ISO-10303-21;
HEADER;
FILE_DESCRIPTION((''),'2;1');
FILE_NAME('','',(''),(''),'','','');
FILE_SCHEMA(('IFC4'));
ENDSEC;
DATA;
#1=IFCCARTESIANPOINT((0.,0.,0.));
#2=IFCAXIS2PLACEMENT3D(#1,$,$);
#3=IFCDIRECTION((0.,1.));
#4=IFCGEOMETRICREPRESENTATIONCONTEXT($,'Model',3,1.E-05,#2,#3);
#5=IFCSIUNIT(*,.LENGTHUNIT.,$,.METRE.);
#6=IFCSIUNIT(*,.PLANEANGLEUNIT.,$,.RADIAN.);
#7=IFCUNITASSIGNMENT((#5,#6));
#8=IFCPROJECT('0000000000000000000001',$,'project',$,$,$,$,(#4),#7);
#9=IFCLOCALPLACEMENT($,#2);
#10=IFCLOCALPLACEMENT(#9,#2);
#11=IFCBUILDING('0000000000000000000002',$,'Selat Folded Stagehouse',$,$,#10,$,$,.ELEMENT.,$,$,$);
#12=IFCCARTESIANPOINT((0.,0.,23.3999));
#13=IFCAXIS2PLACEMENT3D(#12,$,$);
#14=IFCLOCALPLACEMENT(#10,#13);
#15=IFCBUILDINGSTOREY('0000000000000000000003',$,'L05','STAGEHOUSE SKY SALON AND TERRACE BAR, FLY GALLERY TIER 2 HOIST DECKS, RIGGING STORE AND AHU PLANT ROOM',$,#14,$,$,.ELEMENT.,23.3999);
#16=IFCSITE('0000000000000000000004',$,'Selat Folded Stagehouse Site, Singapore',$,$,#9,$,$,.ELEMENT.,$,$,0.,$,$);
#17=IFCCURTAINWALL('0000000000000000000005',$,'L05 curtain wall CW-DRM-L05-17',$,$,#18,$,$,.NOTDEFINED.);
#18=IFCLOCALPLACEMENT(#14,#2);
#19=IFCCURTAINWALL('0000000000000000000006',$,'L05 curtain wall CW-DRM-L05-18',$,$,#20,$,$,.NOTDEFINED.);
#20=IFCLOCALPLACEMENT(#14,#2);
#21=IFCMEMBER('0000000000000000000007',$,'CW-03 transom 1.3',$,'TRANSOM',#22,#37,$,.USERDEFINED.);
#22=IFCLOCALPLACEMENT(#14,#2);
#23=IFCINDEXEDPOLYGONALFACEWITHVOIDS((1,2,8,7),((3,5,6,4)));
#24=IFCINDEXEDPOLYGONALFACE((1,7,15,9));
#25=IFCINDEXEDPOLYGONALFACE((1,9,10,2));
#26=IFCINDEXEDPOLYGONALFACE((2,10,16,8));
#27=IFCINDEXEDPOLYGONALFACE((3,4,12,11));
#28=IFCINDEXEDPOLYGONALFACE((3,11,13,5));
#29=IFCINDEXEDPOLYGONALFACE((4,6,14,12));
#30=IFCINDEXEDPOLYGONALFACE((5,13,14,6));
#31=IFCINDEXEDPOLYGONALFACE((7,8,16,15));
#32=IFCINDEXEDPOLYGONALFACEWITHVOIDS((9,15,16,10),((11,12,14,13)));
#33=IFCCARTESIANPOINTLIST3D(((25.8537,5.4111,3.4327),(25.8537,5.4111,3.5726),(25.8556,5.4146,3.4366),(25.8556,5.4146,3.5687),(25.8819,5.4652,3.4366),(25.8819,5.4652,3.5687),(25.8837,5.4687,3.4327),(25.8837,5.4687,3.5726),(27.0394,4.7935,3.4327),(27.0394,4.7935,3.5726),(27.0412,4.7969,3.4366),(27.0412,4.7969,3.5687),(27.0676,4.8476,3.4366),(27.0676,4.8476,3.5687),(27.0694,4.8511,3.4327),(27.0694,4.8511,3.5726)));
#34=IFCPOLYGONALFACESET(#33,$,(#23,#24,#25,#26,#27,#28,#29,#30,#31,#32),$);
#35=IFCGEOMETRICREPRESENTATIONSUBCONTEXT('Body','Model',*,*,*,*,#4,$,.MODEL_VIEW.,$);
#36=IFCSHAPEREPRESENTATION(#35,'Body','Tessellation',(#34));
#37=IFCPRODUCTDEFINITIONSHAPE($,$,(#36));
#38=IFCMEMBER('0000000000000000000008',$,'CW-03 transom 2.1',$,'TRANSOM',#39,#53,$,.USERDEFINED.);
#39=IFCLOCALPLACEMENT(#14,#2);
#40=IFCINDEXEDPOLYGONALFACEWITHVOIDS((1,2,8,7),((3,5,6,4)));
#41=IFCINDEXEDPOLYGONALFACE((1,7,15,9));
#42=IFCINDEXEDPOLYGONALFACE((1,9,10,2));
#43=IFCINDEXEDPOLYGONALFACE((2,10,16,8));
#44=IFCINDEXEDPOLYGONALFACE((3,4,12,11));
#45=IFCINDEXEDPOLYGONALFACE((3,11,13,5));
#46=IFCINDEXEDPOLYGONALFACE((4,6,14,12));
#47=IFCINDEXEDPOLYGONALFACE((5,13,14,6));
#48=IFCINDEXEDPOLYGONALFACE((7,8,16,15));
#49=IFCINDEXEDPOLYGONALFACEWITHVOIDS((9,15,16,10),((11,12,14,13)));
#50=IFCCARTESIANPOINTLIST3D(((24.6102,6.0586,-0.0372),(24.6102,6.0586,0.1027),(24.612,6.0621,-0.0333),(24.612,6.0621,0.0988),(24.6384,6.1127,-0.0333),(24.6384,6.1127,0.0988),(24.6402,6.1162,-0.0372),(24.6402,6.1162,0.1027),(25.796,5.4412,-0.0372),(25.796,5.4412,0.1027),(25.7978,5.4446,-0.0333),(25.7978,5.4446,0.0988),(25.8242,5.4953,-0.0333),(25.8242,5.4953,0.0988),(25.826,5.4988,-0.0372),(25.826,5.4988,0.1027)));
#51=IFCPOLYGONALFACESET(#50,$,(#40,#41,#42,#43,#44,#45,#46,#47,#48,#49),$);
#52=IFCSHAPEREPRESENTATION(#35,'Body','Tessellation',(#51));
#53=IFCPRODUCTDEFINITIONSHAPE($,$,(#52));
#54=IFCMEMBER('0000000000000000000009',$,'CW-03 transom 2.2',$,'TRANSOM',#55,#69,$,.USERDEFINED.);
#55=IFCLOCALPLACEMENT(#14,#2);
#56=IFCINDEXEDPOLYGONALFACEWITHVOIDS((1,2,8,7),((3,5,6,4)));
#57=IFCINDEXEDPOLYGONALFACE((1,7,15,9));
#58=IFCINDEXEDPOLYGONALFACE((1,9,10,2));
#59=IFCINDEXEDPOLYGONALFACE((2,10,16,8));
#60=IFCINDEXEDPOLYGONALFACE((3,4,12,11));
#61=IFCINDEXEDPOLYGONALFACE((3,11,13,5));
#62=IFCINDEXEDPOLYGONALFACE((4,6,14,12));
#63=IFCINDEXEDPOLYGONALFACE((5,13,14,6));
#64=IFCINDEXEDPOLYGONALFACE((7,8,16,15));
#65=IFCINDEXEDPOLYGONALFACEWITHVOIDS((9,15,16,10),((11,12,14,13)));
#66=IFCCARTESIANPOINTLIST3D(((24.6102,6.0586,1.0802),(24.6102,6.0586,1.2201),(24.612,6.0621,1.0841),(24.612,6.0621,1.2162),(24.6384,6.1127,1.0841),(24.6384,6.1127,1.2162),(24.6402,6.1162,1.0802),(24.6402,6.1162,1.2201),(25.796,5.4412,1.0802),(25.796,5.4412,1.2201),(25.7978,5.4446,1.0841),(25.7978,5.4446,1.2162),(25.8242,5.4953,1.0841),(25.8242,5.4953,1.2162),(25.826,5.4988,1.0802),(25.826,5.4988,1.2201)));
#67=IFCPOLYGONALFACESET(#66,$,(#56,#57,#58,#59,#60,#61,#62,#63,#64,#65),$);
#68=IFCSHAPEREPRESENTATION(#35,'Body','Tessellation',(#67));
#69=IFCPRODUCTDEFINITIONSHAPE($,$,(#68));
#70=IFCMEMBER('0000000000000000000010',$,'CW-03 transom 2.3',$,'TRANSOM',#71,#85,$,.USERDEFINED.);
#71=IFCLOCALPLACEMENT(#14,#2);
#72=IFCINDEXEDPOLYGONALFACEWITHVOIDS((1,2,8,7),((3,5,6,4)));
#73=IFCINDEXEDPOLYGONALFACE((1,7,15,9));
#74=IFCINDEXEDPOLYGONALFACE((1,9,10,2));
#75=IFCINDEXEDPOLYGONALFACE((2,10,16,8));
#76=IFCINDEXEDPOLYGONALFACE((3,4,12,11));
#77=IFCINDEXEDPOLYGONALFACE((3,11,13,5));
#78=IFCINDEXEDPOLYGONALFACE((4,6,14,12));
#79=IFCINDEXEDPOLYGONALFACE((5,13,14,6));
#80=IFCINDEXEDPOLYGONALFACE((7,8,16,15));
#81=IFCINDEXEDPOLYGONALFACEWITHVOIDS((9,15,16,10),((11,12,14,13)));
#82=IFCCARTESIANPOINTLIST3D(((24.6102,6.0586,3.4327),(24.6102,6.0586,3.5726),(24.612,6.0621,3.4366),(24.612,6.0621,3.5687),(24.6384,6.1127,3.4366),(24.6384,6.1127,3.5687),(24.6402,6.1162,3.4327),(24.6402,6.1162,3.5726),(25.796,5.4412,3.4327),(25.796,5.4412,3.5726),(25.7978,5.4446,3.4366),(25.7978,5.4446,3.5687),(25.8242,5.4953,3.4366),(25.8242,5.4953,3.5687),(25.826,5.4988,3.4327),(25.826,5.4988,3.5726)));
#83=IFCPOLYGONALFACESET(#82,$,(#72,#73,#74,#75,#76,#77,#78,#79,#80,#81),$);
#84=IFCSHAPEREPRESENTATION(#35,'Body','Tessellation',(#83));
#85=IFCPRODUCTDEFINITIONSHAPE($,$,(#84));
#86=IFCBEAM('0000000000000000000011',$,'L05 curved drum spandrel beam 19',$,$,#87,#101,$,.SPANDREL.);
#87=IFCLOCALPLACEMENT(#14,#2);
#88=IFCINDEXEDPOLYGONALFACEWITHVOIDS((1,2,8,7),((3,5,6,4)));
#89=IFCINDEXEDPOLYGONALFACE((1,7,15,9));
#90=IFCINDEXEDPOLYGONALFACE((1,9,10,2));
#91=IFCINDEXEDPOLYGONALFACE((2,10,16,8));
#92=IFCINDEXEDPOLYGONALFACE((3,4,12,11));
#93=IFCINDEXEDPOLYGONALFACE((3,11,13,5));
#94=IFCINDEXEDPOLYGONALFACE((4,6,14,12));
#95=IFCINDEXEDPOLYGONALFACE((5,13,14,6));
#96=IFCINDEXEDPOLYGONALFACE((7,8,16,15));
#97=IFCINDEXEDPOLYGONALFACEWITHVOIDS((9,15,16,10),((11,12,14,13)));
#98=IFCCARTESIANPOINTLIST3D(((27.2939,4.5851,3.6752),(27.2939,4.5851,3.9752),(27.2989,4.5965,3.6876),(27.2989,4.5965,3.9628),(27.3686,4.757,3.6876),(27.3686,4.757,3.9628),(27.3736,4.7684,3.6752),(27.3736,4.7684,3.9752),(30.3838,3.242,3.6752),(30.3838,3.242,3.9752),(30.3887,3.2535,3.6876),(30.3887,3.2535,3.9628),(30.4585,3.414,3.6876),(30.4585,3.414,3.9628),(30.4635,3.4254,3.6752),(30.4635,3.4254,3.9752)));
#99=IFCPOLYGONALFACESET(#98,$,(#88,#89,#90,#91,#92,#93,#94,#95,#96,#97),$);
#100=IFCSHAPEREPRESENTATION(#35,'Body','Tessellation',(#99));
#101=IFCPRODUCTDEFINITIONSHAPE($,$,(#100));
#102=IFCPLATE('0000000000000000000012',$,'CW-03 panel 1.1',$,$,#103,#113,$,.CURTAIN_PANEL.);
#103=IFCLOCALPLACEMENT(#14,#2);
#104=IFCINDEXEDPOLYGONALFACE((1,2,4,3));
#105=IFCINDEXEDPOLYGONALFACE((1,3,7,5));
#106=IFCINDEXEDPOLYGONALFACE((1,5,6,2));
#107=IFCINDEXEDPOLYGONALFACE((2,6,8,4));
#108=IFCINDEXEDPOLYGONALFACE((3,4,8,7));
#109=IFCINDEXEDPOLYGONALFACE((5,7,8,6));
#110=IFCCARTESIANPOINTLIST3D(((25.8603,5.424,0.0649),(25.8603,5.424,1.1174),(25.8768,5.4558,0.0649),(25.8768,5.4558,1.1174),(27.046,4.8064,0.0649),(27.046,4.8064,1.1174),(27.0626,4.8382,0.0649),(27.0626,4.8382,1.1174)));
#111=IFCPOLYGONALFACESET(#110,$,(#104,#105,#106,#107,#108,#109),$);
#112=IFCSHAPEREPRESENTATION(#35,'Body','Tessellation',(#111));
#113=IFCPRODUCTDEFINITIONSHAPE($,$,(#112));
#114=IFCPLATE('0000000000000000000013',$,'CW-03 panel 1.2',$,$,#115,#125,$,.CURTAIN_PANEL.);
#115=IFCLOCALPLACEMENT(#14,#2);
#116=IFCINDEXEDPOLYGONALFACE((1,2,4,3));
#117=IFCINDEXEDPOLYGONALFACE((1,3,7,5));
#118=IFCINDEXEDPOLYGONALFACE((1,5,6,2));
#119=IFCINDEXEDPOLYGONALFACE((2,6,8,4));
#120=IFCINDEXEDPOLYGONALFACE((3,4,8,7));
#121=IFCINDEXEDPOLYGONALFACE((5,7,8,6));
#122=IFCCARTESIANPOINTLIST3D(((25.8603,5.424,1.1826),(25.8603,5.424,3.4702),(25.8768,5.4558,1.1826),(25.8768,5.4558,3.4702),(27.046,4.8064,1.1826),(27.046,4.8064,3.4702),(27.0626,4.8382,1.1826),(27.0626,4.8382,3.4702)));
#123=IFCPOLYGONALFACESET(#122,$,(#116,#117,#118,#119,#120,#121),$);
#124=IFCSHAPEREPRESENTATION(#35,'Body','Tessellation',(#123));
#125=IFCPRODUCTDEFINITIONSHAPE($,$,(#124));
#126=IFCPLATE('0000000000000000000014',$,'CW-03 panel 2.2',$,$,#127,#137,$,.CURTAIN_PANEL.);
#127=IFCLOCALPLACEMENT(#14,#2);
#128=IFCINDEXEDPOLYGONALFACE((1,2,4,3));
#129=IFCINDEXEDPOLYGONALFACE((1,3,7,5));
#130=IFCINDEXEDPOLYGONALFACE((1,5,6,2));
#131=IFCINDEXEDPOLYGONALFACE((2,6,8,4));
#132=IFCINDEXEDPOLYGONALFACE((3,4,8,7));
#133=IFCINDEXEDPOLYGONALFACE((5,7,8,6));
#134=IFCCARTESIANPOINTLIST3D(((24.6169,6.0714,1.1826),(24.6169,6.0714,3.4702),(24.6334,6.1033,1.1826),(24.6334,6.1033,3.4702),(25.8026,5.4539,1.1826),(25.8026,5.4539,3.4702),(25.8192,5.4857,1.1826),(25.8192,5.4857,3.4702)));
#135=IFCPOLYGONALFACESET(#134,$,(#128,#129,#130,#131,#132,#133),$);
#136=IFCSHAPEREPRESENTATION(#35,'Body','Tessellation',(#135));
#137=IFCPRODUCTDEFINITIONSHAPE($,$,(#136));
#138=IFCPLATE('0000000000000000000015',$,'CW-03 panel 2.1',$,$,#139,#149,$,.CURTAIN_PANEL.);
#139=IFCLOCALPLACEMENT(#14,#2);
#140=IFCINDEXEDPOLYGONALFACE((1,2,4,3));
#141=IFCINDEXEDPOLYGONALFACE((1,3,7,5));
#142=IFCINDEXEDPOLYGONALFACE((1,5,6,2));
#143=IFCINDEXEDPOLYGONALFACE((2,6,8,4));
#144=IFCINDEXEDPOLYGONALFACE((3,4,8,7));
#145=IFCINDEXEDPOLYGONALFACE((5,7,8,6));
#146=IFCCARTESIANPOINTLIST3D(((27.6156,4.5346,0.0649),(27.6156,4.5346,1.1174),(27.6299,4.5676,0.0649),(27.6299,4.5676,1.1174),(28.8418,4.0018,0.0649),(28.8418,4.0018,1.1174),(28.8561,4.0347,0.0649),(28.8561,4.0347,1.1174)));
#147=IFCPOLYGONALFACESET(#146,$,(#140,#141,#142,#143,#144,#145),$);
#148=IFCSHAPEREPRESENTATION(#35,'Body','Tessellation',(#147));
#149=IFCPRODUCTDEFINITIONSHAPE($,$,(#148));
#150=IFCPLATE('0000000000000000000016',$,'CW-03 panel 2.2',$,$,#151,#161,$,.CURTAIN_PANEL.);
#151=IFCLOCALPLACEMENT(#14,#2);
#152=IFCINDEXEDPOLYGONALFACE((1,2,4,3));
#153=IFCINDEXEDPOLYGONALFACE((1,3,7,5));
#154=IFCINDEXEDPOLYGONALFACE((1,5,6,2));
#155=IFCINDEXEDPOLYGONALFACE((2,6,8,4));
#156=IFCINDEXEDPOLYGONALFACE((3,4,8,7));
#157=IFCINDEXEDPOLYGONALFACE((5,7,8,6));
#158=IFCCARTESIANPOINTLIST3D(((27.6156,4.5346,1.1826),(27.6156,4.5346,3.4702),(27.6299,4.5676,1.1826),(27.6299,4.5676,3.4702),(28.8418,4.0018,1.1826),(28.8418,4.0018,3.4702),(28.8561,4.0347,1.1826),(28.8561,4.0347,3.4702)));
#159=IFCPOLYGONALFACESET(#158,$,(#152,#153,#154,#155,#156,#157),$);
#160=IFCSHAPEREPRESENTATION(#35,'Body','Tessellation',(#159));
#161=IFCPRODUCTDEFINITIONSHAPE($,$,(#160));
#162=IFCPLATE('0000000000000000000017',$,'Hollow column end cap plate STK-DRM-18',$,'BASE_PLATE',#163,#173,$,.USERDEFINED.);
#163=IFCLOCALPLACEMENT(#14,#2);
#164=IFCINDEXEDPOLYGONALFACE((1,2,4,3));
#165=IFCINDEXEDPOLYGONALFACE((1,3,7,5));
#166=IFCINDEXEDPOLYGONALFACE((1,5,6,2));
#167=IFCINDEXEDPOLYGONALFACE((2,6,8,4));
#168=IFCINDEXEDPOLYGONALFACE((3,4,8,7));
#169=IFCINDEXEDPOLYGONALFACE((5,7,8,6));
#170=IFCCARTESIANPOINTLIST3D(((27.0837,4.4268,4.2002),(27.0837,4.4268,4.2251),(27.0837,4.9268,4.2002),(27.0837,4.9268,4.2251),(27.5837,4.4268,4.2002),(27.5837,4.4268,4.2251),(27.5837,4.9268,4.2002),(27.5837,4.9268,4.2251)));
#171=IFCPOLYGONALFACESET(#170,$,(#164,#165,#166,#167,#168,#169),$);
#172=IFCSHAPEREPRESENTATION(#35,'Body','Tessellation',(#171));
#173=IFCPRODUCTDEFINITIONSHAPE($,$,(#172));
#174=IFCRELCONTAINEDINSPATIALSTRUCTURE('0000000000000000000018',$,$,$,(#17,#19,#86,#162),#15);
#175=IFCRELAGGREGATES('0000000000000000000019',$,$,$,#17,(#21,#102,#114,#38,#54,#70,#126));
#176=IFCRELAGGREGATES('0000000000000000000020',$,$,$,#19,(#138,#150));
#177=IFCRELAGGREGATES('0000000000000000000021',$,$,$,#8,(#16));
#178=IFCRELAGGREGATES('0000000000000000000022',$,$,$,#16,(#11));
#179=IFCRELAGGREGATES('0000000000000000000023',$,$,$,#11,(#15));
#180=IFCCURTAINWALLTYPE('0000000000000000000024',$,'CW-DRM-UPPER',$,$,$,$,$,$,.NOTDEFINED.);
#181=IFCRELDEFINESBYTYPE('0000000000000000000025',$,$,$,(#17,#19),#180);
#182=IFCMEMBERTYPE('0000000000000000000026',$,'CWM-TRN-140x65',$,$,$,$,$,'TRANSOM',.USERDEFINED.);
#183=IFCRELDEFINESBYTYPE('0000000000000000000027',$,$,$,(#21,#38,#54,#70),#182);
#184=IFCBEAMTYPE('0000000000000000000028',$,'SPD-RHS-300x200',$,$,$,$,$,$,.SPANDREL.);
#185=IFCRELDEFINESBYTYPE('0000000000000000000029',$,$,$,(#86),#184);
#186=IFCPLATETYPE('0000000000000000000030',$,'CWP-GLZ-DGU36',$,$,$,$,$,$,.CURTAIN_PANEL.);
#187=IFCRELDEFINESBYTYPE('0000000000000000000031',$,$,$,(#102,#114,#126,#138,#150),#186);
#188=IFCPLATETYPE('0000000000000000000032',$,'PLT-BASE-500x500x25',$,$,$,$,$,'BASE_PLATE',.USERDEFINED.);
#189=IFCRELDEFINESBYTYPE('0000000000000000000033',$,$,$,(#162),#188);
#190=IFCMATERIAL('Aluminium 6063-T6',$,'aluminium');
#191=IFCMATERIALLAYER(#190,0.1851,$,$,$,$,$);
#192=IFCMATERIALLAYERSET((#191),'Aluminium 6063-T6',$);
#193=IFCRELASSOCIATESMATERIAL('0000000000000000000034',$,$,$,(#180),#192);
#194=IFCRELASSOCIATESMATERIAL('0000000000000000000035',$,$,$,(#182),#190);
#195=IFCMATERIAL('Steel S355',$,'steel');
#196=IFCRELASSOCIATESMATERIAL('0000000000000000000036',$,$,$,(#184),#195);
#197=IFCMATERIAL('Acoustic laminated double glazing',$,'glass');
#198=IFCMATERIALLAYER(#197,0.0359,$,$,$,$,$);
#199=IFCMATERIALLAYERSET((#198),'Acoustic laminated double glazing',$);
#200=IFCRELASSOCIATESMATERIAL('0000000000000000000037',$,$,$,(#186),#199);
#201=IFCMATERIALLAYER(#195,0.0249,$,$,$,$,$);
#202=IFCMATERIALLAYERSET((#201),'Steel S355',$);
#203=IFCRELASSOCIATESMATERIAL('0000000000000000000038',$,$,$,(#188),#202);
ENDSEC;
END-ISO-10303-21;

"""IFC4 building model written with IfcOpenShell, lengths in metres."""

from ifc_helpers import new_model, si_unit, direction, frame, origin, origin_2d, place, context, subcontext, project, spatial, rectangle, hollow_rectangle, extrude, material, layer, layer_set, material_profile, profile_set, type_object, element, aggregate, save


model = new_model("IFC4")

# Units and contexts
model_context = context("Model", 3, precision=1e-05, world=origin(), true_north=direction((0.0, 1.0)))
body_context = subcontext(model_context, "Body", "Model", "MODEL_VIEW")
ifc_project = project(units=[si_unit("LENGTHUNIT", "METRE"), si_unit("PLANEANGLEUNIT", "RADIAN")], contexts=[model_context])

# Site, building, storey
site_placement = place(None, origin())
site = spatial("IfcSite", under=ifc_project, at=site_placement, Name="Selat Folded Stagehouse Site, Singapore", CompositionType="ELEMENT", RefElevation=0.0)
building_placement = place(site_placement, origin())
building = spatial("IfcBuilding", under=site, at=building_placement, Name="Selat Folded Stagehouse", CompositionType="ELEMENT")
storey_placement = place(building_placement, frame((0.0, 0.0, 23.3999)))
storey = spatial("IfcBuildingStorey", under=building, at=storey_placement, Name="L05", Description="STAGEHOUSE SKY SALON AND TERRACE BAR, FLY GALLERY TIER 2 HOIST DECKS, RIGGING STORE AND AHU PLANT ROOM", CompositionType="ELEMENT", Elevation=23.3999)

# Shared definitions
ifc_material_1 = material(Name="Steel S355", Category="steel")

# Curtain wall
ifc_material_2 = material(Name="Aluminium 6063-T6", Category="aluminium")
ifc_layer_1 = layer(ifc_material_2, 0.1851)
ifc_layer_set_1 = layer_set([ifc_layer_1], Name="Aluminium 6063-T6")
curtain_wall_type = type_object("IfcCurtainWallType", Name="CW-DRM-UPPER", PredefinedType="NOTDEFINED", material=ifc_layer_set_1)
curtain_wall_1_placement = place(storey_placement, origin())
curtain_wall_1 = element("IfcCurtainWall", 1, at=curtain_wall_1_placement, inside=storey, type_object=curtain_wall_type, Name="L05 curtain wall CW-DRM-L05-17", PredefinedType="NOTDEFINED")

# Curtain wall
curtain_wall_2_placement = place(storey_placement, origin())
curtain_wall_2 = element("IfcCurtainWall", 2, at=curtain_wall_2_placement, inside=storey, type_object=curtain_wall_type, Name="L05 curtain wall CW-DRM-L05-18", PredefinedType="NOTDEFINED")

# Members
ifc_material_profile_1 = material_profile(ifc_material_2, hollow_rectangle(XDim=0.0649, YDim=0.1399, WallThickness=0.0039, at=origin_2d()), Name="ALU 140x65x4.0")
ifc_profile_set_1 = profile_set([ifc_material_profile_1], Name="Aluminium 6063-T6")
member_type_1 = type_object("IfcMemberType", Name="CWM-TRN-140x65", ElementType="TRANSOM", PredefinedType="USERDEFINED", material=ifc_profile_set_1)
member_1_placement = place(storey_placement, frame((27.0544, 4.8223, 3.5027), z_axis=(-0.886891, 0.461979, 0.0), x_axis=(-0.461979, -0.886891, 0.0)))
member_1 = element("IfcMember", 3, at=member_1_placement, type_object=member_type_1, Name="CW-03 transom 1.3", ObjectType="TRANSOM", PredefinedType="USERDEFINED", context=body_context, shape_type="SweptSolid", body=[
    extrude(hollow_rectangle(XDim=0.0649, YDim=0.1399, WallThickness=0.0039, at=origin_2d()), origin(), (0.0, 0.0, 1.0), 1.3369),
])
member_2_placement = place(storey_placement, frame((25.811, 5.47, 0.0327), z_axis=(-0.886966, 0.461836, 0.0), x_axis=(-0.461836, -0.886966, 0.0)))
member_2 = element("IfcMember", 4, at=member_2_placement, type_object=member_type_1, Name="CW-03 transom 2.1", ObjectType="TRANSOM", PredefinedType="USERDEFINED", context=body_context, shape_type="SweptSolid", body=[
    extrude(hollow_rectangle(XDim=0.0649, YDim=0.1399, WallThickness=0.0039, at=origin_2d()), origin(), (0.0, 0.0, 1.0), 1.3369),
])
member_3_placement = place(storey_placement, frame((25.811, 5.47, 1.1501), z_axis=(-0.886966, 0.461836, 0.0), x_axis=(-0.461836, -0.886966, 0.0)))
member_3 = element("IfcMember", 5, at=member_3_placement, type_object=member_type_1, Name="CW-03 transom 2.2", ObjectType="TRANSOM", PredefinedType="USERDEFINED", context=body_context, shape_type="SweptSolid", body=[
    extrude(hollow_rectangle(XDim=0.0649, YDim=0.1399, WallThickness=0.0039, at=origin_2d()), origin(), (0.0, 0.0, 1.0), 1.3369),
])
member_4_placement = place(storey_placement, frame((25.811, 5.47, 3.5027), z_axis=(-0.886966, 0.461836, 0.0), x_axis=(-0.461836, -0.886966, 0.0)))
member_4 = element("IfcMember", 6, at=member_4_placement, type_object=member_type_1, Name="CW-03 transom 2.3", ObjectType="TRANSOM", PredefinedType="USERDEFINED", context=body_context, shape_type="SweptSolid", body=[
    extrude(hollow_rectangle(XDim=0.0649, YDim=0.1399, WallThickness=0.0039, at=origin_2d()), origin(), (0.0, 0.0, 1.0), 1.3369),
])

# Beam
ifc_material_profile_2 = material_profile(ifc_material_1, hollow_rectangle(XDim=0.2, YDim=0.3, WallThickness=0.0125, at=origin_2d()), Name="RHS 300x200x12.5")
ifc_profile_set_2 = profile_set([ifc_material_profile_2], Name="Steel S355")
beam_type_1 = type_object("IfcBeamType", Name="SPD-RHS-300x200", PredefinedType="SPANDREL", material=ifc_profile_set_2)
beam_1_placement = place(storey_placement, frame((27.3337, 4.6768, 3.8252), z_axis=(0.917113, -0.398628, 0.0), x_axis=(0.398628, 0.917113, 0.0)))
element("IfcBeam", 7, at=beam_1_placement, inside=storey, type_object=beam_type_1, Name="L05 curved drum spandrel beam 19", PredefinedType="SPANDREL", context=body_context, shape_type="SweptSolid", body=[
    extrude(hollow_rectangle(XDim=0.2, YDim=0.3, WallThickness=0.0125, at=origin_2d()), origin(), (0.0, 0.0, 1.0), 3.3691),
])

# Plates
ifc_material_3 = material(Name="Acoustic laminated double glazing", Category="glass")
ifc_layer_2 = layer(ifc_material_3, 0.0359)
ifc_layer_set_2 = layer_set([ifc_layer_2], Name="Acoustic laminated double glazing")
plate_type_1 = type_object("IfcPlateType", Name="CWP-GLZ-DGU36", PredefinedType="CURTAIN_PANEL", material=ifc_layer_set_2)
plate_1_placement = place(storey_placement, frame((26.4614, 5.1311, 0.0649), z_axis=(0.0, 0.0, 1.0), x_axis=(-0.886916, 0.461931, 0.0)))
plate_1 = element("IfcPlate", 8, at=plate_1_placement, type_object=plate_type_1, Name="CW-03 panel 1.1", PredefinedType="CURTAIN_PANEL", context=body_context, shape_type="SweptSolid", body=[
    extrude(rectangle(XDim=1.3369, YDim=0.0359, at=origin_2d()), origin(), (0.0, 0.0, 1.0), 1.0525),
])
plate_2_placement = place(storey_placement, frame((26.4614, 5.1311, 1.1826), z_axis=(0.0, 0.0, 1.0), x_axis=(-0.886916, 0.461931, 0.0)))
plate_2 = element("IfcPlate", 9, at=plate_2_placement, type_object=plate_type_1, Name="CW-03 panel 1.2", PredefinedType="CURTAIN_PANEL", context=body_context, shape_type="SweptSolid", body=[
    extrude(rectangle(XDim=1.3369, YDim=0.0359, at=origin_2d()), origin(), (0.0, 0.0, 1.0), 2.2876),
])
plate_3_placement = place(storey_placement, frame((25.218, 5.7786, 1.1826), z_axis=(0.0, 0.0, 1.0), x_axis=(-0.886916, 0.461931, 0.0)))
plate_3 = element("IfcPlate", 10, at=plate_3_placement, type_object=plate_type_1, Name="CW-03 panel 2.2", PredefinedType="CURTAIN_PANEL", context=body_context, shape_type="SweptSolid", body=[
    extrude(rectangle(XDim=1.3369, YDim=0.0359, at=origin_2d()), origin(), (0.0, 0.0, 1.0), 2.2876),
])
aggregate(curtain_wall_1, [member_1, plate_1, plate_2, member_2, member_3, member_4, plate_3])
plate_4_placement = place(storey_placement, frame((28.2358, 4.2847, 0.0649), z_axis=(0.0, 0.0, 1.0), x_axis=(-0.917134, 0.39858, 0.0)))
plate_4 = element("IfcPlate", 11, at=plate_4_placement, type_object=plate_type_1, Name="CW-03 panel 2.1", PredefinedType="CURTAIN_PANEL", context=body_context, shape_type="SweptSolid", body=[
    extrude(rectangle(XDim=1.3369, YDim=0.0359, at=origin_2d()), origin(), (0.0, 0.0, 1.0), 1.0525),
])
plate_5_placement = place(storey_placement, frame((28.2358, 4.2847, 1.1826), z_axis=(0.0, 0.0, 1.0), x_axis=(-0.917134, 0.39858, 0.0)))
plate_5 = element("IfcPlate", 12, at=plate_5_placement, type_object=plate_type_1, Name="CW-03 panel 2.2", PredefinedType="CURTAIN_PANEL", context=body_context, shape_type="SweptSolid", body=[
    extrude(rectangle(XDim=1.3369, YDim=0.0359, at=origin_2d()), origin(), (0.0, 0.0, 1.0), 2.2876),
])
aggregate(curtain_wall_2, [plate_4, plate_5])
ifc_layer_3 = layer(ifc_material_1, 0.0249)
ifc_layer_set_3 = layer_set([ifc_layer_3], Name="Steel S355")
plate_type_2 = type_object("IfcPlateType", Name="PLT-BASE-500x500x25", ElementType="BASE_PLATE", PredefinedType="USERDEFINED", material=ifc_layer_set_3)
plate_6_placement = place(storey_placement, frame((27.3337, 4.6768, 4.2002), z_axis=(0.0, 0.0, 1.0), x_axis=(1.0, 0.0, 0.0)))
element("IfcPlate", 13, at=plate_6_placement, inside=storey, type_object=plate_type_2, Name="Hollow column end cap plate STK-DRM-18", ObjectType="BASE_PLATE", PredefinedType="USERDEFINED", context=body_context, shape_type="SweptSolid", body=[
    extrude(rectangle(XDim=0.5, YDim=0.5, at=origin_2d()), origin(), (0.0, 0.0, 1.0), 0.0249),
])

save(model, "model.ifc")
